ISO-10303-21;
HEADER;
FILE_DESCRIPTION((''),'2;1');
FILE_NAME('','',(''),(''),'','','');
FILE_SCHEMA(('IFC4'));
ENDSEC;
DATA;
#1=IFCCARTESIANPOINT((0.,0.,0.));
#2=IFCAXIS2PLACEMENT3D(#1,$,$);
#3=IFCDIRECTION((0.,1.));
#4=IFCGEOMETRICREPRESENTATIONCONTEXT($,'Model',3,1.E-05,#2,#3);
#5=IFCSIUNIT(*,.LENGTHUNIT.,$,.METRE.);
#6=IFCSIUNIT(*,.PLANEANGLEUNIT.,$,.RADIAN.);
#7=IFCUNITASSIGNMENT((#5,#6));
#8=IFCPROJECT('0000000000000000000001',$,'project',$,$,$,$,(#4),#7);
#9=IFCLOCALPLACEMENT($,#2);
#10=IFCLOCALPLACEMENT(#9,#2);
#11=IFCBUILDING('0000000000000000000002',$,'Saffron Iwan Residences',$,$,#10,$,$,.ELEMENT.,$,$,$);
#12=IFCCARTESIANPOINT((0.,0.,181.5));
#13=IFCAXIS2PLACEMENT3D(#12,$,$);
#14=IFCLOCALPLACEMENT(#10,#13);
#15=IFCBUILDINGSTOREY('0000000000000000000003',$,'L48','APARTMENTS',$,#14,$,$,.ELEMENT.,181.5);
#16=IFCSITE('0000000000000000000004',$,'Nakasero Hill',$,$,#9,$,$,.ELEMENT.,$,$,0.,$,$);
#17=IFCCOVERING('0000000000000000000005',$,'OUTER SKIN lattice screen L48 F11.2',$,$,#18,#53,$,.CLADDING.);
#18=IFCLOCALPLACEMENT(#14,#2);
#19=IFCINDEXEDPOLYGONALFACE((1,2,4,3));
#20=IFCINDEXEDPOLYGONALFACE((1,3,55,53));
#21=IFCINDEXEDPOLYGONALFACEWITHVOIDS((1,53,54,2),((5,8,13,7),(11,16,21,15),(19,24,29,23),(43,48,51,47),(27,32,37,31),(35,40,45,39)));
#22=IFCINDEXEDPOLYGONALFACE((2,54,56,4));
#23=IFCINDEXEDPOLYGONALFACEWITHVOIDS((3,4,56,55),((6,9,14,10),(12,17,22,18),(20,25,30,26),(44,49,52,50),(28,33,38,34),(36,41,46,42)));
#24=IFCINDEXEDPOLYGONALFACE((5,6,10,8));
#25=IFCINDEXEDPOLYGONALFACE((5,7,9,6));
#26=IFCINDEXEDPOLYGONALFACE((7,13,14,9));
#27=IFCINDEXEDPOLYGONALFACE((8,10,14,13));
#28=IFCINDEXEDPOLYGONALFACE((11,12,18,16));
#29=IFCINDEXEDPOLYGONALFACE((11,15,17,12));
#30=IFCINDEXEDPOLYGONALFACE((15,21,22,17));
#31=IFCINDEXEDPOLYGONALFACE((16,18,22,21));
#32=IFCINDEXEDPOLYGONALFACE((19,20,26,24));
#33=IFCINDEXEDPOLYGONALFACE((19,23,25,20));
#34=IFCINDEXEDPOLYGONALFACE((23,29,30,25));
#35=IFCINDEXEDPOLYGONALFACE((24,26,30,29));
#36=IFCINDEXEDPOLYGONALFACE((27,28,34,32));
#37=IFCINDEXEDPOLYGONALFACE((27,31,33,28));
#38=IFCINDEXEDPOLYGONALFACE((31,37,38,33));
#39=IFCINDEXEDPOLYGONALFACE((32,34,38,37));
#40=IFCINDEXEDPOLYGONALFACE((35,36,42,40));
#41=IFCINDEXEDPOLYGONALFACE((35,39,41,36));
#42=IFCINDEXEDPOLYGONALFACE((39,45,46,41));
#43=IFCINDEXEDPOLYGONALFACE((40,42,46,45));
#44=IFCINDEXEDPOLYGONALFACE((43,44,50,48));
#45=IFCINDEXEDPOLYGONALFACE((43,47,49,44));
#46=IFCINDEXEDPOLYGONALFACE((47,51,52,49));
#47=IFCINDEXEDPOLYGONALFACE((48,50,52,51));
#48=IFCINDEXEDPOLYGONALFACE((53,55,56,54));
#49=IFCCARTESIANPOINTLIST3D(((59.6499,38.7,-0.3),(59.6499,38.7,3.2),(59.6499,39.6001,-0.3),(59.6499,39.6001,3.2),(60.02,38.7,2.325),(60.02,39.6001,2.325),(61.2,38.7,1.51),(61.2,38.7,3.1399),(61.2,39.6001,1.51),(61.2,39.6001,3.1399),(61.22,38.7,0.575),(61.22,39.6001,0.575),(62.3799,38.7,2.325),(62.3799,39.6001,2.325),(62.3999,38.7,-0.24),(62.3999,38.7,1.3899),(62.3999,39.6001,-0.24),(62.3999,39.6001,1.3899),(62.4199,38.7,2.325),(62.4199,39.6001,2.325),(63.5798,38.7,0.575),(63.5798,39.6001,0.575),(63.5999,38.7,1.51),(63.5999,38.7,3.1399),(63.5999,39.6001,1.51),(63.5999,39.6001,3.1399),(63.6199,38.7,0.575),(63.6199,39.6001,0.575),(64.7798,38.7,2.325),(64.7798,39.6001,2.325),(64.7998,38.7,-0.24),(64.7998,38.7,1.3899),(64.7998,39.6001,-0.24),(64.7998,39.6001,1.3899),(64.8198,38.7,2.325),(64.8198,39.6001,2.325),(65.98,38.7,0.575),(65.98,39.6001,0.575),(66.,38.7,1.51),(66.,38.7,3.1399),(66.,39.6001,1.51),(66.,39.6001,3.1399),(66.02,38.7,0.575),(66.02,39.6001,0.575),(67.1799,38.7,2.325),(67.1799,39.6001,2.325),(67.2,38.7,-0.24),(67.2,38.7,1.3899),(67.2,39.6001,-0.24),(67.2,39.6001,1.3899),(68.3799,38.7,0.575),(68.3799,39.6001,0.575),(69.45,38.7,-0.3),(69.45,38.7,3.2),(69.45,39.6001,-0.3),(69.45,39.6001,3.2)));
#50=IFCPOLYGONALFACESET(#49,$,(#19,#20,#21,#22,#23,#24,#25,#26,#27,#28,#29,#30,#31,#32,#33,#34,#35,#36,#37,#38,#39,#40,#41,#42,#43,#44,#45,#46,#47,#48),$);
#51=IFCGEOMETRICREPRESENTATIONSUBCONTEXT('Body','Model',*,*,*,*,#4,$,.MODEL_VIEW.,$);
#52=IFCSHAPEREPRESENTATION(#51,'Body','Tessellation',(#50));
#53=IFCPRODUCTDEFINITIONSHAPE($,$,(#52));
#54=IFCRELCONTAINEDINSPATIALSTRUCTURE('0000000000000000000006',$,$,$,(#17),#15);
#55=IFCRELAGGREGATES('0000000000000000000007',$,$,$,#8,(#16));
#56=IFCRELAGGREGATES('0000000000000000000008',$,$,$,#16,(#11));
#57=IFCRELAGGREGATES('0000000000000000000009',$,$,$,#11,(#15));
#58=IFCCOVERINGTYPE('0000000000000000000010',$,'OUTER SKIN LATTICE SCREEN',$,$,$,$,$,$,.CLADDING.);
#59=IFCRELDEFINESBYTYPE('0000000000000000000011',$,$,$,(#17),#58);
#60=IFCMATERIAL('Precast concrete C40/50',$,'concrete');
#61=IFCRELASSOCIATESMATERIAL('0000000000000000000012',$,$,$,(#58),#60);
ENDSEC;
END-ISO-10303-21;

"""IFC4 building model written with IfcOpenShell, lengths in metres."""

from ifc_helpers import new_model, si_unit, direction, frame, origin, place, context, subcontext, project, spatial, polyline, outline, extrude, material, type_object, element, save


model = new_model("IFC4")

# Units and contexts
model_context = context("Model", 3, precision=1e-05, world=origin(), true_north=direction((0.0, 1.0)))
body_context = subcontext(model_context, "Body", "Model", "MODEL_VIEW")
ifc_project = project(units=[si_unit("LENGTHUNIT", "METRE"), si_unit("PLANEANGLEUNIT", "RADIAN")], contexts=[model_context])

# Site, building, storey
site_placement = place(None, origin())
site = spatial("IfcSite", under=ifc_project, at=site_placement, Name="Nakasero Hill", CompositionType="ELEMENT", RefElevation=0.0)
building_placement = place(site_placement, origin())
building = spatial("IfcBuilding", under=site, at=building_placement, Name="Saffron Iwan Residences", CompositionType="ELEMENT")
storey_placement = place(building_placement, frame((0.0, 0.0, 181.5)))
storey = spatial("IfcBuildingStorey", under=building, at=storey_placement, Name="L48", Description="APARTMENTS", CompositionType="ELEMENT", Elevation=181.5)

# Covering
ifc_material_1 = material(Name="Precast concrete C40/50", Category="concrete")
covering_type = type_object("IfcCoveringType", Name="OUTER SKIN LATTICE SCREEN", PredefinedType="CLADDING", material=ifc_material_1)
covering_placement = place(storey_placement, frame((59.6499, 39.6001, -0.3), z_axis=(0.0, -1.0, 0.0), x_axis=(1.0, 0.0, 0.0)))
element("IfcCovering", 1, at=covering_placement, inside=storey, type_object=covering_type, Name="OUTER SKIN lattice screen L48 F11.2", PredefinedType="CLADDING", context=body_context, shape_type="SweptSolid", body=[
    extrude(outline(polyline([(0.0, 0.0), (9.8, 0.0), (9.8, 3.5), (0.0, 3.5), (0.0, 0.0)]), holes=[polyline([(1.5701, 0.875), (2.75, 0.0601), (3.9299, 0.875), (2.75, 1.6899), (1.5701, 0.875)]), polyline([(3.97, 0.875), (5.1499, 0.0601), (6.3301, 0.875), (5.1499, 1.6899), (3.97, 0.875)]), polyline([(6.3701, 0.875), (7.55, 0.0601), (8.73, 0.875), (7.55, 1.6899), (6.3701, 0.875)]), polyline([(0.3701, 2.625), (1.55, 1.8101), (2.73, 2.625), (1.55, 3.4399), (0.3701, 2.625)]), polyline([(2.77, 2.625), (3.95, 1.8101), (5.1299, 2.625), (3.95, 3.4399), (2.77, 2.625)]), polyline([(5.1699, 2.625), (6.3501, 1.8101), (7.53, 2.625), (6.3501, 3.4399), (5.1699, 2.625)])]), origin(), (0.0, 0.0, 1.0), 0.9001),
])

save(model, "model.ifc")
